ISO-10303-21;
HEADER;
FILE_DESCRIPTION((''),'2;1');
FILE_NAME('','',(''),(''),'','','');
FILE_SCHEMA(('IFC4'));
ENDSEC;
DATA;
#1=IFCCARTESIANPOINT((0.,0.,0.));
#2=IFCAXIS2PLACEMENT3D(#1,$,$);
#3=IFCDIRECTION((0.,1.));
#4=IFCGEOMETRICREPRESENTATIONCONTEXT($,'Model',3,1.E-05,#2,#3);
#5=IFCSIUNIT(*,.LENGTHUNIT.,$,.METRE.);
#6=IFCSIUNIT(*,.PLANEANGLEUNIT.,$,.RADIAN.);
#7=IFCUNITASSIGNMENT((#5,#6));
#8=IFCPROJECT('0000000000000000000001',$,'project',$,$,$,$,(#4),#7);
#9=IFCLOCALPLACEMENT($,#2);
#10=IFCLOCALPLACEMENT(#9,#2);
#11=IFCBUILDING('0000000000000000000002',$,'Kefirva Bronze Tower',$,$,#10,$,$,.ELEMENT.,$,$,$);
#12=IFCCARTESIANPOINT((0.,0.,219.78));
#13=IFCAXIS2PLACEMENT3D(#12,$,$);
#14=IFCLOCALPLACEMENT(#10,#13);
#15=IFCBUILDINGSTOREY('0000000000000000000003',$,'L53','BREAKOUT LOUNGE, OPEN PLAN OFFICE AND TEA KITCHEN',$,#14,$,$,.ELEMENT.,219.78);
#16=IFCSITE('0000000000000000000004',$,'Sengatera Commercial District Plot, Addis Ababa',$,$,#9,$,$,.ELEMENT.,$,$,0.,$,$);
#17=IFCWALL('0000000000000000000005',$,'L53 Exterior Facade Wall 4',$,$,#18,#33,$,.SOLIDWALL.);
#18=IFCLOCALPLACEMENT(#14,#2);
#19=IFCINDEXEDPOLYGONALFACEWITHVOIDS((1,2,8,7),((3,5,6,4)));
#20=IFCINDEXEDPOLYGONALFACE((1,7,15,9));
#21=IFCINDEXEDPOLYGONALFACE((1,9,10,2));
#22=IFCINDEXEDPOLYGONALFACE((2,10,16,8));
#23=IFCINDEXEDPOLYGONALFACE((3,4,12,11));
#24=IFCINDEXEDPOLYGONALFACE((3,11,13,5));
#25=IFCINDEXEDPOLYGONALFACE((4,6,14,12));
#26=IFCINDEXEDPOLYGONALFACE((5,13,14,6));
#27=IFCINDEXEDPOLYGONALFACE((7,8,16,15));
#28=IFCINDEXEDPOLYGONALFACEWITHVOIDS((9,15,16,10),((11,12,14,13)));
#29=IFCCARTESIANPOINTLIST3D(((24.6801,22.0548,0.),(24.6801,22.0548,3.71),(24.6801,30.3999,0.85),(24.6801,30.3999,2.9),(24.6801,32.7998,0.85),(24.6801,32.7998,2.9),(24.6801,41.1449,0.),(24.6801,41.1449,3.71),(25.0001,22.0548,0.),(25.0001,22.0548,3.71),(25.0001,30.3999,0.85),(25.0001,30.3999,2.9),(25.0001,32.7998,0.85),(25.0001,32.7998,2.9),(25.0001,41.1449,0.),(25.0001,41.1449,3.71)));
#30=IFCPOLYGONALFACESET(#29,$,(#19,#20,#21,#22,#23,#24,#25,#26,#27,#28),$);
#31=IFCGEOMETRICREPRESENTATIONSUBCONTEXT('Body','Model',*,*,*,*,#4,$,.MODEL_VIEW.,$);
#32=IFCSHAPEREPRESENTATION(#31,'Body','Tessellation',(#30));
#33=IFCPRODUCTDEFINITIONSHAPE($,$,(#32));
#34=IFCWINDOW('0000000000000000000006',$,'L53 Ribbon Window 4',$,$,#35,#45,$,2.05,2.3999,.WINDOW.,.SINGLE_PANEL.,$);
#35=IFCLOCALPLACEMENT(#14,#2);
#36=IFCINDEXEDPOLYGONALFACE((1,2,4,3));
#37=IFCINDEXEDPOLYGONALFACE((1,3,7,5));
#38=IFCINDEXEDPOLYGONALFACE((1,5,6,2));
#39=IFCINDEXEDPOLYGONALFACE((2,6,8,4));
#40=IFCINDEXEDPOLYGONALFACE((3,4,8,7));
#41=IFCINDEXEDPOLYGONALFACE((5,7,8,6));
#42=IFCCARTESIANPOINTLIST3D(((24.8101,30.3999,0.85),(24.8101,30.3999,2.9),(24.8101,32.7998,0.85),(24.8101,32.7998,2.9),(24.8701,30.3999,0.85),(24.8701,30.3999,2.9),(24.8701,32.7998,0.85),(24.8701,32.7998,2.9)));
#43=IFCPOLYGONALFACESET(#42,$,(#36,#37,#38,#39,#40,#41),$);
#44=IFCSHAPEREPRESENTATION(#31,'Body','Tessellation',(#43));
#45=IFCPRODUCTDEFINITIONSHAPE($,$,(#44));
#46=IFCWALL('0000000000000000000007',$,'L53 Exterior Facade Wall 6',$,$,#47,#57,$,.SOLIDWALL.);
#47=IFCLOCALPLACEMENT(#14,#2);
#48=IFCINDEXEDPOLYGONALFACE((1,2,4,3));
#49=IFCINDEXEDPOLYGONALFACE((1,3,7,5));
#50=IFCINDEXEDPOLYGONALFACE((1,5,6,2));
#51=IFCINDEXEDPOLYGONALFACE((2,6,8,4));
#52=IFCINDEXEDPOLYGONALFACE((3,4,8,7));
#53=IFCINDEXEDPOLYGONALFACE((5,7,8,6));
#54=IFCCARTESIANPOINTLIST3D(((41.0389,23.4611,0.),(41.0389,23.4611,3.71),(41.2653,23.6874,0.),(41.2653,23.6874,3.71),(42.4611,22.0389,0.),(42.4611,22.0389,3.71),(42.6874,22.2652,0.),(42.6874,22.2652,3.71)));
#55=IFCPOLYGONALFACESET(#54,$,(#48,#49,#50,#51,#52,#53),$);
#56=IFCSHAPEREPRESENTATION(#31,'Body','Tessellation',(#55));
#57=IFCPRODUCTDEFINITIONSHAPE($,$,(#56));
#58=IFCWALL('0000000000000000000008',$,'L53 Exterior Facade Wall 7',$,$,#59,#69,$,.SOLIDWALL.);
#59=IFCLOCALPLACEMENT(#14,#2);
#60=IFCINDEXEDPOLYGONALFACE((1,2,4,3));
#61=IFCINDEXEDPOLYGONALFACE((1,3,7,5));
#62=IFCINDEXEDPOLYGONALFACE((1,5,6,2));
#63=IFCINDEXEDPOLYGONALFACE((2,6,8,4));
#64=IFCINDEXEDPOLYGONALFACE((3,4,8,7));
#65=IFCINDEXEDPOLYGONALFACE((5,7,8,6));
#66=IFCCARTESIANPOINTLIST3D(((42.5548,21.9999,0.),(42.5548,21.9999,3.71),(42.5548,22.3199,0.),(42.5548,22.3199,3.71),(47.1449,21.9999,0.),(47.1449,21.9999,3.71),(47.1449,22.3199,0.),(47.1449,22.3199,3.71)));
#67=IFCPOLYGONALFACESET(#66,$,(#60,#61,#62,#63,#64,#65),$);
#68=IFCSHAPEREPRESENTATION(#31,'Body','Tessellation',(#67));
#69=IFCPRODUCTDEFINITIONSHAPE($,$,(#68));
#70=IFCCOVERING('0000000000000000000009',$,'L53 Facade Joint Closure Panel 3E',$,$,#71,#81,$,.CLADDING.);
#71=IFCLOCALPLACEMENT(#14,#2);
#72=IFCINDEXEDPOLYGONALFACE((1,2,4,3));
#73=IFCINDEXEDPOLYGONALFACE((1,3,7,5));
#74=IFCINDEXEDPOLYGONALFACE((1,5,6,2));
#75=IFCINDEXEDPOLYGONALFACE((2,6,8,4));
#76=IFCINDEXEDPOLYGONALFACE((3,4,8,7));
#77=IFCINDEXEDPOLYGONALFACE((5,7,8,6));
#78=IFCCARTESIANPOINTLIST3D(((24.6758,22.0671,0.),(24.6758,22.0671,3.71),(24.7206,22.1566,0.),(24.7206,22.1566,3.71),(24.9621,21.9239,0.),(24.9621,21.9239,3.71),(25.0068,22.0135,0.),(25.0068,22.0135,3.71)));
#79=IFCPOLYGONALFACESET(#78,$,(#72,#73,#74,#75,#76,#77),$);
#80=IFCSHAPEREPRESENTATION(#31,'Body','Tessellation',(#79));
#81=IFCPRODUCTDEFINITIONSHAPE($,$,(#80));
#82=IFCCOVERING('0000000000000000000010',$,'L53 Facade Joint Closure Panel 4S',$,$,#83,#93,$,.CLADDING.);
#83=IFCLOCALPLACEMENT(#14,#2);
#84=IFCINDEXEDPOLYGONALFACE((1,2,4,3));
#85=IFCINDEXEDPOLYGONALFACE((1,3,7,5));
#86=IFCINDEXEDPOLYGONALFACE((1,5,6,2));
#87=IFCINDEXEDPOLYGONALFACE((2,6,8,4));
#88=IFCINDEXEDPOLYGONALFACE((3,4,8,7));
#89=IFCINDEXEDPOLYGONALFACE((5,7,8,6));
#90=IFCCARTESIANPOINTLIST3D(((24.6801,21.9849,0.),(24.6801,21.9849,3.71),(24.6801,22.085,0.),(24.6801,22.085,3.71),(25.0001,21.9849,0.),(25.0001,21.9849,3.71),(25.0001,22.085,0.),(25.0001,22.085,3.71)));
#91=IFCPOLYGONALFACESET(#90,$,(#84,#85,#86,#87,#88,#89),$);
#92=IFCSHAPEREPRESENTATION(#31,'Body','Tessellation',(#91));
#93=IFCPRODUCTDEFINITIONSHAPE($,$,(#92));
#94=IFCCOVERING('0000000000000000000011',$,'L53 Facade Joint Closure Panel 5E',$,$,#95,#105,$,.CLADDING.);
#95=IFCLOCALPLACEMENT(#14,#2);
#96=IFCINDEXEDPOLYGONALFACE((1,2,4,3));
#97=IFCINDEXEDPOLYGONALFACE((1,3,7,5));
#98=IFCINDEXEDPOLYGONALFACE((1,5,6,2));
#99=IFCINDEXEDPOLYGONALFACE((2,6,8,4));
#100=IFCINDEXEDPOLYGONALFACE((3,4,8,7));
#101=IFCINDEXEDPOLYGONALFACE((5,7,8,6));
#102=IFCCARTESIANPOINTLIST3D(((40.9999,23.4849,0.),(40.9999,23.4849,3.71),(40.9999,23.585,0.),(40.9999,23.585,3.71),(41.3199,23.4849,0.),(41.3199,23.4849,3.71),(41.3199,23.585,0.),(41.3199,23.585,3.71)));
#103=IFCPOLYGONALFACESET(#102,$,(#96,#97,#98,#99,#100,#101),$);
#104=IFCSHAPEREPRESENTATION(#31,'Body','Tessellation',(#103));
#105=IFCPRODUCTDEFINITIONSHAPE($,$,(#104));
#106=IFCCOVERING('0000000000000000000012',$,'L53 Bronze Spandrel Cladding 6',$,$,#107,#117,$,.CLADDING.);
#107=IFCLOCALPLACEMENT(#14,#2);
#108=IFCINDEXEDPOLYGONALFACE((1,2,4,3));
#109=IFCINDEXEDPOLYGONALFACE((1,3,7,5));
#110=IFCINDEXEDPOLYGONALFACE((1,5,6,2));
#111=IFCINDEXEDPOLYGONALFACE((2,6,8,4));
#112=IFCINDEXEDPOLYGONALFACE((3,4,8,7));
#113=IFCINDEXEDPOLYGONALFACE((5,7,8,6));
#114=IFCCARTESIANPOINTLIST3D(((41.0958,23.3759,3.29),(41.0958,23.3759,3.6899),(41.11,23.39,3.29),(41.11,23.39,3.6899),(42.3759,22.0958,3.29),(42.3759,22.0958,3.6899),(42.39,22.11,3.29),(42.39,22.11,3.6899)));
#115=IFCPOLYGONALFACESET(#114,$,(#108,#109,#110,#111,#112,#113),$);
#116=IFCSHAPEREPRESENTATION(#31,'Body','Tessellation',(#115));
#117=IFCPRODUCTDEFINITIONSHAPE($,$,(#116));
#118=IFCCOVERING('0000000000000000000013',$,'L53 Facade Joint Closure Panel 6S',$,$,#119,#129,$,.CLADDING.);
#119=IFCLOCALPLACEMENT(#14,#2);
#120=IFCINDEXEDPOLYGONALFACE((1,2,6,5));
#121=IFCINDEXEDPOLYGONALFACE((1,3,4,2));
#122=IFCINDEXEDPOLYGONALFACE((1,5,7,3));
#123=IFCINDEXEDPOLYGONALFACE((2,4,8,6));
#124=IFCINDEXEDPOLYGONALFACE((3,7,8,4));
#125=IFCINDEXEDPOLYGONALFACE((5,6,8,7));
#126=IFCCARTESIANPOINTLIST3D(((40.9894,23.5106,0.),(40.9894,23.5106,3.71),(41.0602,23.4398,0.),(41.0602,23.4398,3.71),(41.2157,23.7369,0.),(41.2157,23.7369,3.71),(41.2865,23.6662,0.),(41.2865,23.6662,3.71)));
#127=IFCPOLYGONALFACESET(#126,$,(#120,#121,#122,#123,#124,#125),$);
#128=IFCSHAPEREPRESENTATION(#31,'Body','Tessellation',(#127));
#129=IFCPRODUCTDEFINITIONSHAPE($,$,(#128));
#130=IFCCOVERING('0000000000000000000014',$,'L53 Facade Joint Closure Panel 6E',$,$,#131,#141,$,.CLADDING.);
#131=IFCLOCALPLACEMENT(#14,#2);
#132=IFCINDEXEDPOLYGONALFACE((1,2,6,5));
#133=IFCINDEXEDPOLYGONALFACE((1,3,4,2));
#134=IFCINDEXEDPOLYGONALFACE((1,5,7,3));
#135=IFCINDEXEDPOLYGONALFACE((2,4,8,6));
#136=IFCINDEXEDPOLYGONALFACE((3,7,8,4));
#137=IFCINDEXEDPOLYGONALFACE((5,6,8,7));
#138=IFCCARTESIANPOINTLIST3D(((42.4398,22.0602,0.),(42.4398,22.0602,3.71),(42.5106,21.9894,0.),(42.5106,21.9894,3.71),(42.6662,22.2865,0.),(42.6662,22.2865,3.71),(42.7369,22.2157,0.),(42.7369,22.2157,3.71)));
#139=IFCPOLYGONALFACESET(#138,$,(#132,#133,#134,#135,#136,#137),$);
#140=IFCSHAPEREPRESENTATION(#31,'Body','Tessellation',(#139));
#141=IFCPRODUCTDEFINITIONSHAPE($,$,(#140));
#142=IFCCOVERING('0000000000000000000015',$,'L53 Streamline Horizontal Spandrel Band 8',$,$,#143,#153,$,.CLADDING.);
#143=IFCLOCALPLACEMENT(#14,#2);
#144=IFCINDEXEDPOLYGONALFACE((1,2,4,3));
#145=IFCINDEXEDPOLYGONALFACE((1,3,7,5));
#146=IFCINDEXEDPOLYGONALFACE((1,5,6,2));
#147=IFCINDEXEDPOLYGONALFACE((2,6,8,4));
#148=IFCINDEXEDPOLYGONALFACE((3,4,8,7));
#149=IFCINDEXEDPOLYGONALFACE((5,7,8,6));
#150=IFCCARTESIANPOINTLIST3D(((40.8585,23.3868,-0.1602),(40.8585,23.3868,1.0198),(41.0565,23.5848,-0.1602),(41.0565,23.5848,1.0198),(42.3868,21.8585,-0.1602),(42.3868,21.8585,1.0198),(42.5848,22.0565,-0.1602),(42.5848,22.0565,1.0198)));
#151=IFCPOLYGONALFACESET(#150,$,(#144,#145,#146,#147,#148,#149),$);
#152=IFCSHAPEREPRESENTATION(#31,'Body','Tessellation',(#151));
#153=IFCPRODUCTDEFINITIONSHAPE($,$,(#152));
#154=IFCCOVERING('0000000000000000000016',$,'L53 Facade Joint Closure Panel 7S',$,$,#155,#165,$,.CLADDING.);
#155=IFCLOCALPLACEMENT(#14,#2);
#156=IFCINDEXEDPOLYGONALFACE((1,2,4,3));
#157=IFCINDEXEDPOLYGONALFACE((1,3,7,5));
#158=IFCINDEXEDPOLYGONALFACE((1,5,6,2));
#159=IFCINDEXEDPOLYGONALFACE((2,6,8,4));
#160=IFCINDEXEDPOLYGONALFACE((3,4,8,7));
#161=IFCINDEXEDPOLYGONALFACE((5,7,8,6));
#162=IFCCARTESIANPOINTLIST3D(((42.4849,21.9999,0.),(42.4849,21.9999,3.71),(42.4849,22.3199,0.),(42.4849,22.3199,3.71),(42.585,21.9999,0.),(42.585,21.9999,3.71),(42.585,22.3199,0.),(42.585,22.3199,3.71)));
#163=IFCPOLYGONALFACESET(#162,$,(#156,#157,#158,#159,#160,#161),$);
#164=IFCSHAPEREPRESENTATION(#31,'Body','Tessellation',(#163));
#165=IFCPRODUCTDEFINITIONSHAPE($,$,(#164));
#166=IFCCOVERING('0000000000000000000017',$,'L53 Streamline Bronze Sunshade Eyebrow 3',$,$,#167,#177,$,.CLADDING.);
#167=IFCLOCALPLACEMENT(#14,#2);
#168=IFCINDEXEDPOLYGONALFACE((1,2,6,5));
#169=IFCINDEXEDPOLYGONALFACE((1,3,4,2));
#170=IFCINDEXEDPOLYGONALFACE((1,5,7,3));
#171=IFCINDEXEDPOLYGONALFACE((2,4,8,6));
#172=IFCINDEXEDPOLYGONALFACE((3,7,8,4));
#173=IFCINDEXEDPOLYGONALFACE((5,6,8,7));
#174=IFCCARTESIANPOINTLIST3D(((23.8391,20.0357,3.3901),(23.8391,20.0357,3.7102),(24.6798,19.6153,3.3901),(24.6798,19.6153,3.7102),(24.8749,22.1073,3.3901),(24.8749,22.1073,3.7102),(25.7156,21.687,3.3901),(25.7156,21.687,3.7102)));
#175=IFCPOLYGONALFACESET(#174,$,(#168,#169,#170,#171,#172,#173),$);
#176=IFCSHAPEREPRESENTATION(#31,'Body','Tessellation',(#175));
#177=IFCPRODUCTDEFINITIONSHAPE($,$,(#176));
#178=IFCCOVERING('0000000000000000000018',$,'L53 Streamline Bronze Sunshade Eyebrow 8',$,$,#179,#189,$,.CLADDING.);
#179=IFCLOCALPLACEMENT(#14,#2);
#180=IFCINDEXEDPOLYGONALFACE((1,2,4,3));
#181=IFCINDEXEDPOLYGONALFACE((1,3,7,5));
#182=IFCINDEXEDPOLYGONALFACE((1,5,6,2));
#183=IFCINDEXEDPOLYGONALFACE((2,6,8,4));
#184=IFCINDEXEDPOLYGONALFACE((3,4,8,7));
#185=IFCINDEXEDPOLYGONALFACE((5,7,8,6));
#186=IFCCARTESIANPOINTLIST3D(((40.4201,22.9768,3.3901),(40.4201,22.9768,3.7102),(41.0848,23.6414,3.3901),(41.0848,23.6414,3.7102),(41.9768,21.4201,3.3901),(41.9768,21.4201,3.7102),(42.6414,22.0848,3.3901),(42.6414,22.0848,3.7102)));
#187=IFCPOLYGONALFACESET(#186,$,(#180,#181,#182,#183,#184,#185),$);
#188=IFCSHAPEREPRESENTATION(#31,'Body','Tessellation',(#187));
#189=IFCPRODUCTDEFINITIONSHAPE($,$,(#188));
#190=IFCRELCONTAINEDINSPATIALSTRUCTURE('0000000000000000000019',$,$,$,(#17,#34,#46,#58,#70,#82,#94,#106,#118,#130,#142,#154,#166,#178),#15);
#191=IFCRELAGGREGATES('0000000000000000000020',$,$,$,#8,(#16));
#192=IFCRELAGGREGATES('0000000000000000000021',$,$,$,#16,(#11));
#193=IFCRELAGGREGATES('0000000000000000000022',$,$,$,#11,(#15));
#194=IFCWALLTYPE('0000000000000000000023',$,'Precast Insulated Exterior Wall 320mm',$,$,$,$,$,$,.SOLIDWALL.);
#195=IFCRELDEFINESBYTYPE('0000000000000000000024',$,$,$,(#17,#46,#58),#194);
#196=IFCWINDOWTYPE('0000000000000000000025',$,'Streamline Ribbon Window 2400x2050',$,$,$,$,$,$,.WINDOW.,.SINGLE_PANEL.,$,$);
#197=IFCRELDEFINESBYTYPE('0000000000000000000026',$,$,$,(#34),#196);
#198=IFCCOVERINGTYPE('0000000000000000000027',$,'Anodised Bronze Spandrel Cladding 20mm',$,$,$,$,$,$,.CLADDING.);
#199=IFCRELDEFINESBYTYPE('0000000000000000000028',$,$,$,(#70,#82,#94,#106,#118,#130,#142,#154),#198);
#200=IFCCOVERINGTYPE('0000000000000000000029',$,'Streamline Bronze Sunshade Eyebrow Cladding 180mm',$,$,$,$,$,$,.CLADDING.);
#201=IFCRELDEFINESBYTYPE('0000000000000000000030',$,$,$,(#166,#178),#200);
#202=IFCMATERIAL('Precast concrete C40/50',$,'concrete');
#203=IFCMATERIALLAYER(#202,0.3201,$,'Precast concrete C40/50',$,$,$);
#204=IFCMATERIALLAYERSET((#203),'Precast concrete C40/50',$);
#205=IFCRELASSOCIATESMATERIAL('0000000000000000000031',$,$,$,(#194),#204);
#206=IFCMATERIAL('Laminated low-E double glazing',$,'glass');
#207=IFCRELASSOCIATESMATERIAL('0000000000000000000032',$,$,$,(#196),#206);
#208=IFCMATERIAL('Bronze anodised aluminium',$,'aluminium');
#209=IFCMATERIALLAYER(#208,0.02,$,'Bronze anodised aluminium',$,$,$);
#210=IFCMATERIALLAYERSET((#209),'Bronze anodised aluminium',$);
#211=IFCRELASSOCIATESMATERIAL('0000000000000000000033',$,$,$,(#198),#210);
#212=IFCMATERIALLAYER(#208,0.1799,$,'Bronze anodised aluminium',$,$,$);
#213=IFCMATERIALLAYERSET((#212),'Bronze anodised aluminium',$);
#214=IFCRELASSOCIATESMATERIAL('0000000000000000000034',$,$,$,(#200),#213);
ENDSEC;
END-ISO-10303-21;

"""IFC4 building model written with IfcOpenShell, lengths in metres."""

from ifc_helpers import new_model, si_unit, direction, frame, frame_2d, origin, origin_2d, place, context, subcontext, project, spatial, rectangle, extrude, material, layer, layer_set, type_object, element, fill, save


model = new_model("IFC4")

# Units and contexts
model_context = context("Model", 3, precision=1e-05, world=origin(), true_north=direction((0.0, 1.0)))
body_context = subcontext(model_context, "Body", "Model", "MODEL_VIEW")
ifc_project = project(units=[si_unit("LENGTHUNIT", "METRE"), si_unit("PLANEANGLEUNIT", "RADIAN")], contexts=[model_context])

# Site, building, storey
site_placement = place(None, origin())
site = spatial("IfcSite", under=ifc_project, at=site_placement, Name="Sengatera Commercial District Plot, Addis Ababa", CompositionType="ELEMENT", RefElevation=0.0)
building_placement = place(site_placement, origin())
building = spatial("IfcBuilding", under=site, at=building_placement, Name="Kefirva Bronze Tower", CompositionType="ELEMENT")
storey_placement = place(building_placement, frame((0.0, 0.0, 219.78)))
storey = spatial("IfcBuildingStorey", under=building, at=storey_placement, Name="L53", Description="BREAKOUT LOUNGE, OPEN PLAN OFFICE AND TEA KITCHEN", CompositionType="ELEMENT", Elevation=219.78)

# Wall, opening, window
ifc_material_1 = material(Name="Precast concrete C40/50", Category="concrete")
ifc_layer_1 = layer(ifc_material_1, 0.3201, Name="Precast concrete C40/50")
ifc_layer_set_1 = layer_set([ifc_layer_1], Name="Precast concrete C40/50")
wall_type = type_object("IfcWallType", Name="Precast Insulated Exterior Wall 320mm", PredefinedType="SOLIDWALL", material=ifc_layer_set_1)
wall_1_placement = place(storey_placement, frame((24.8401, 22.0549, 0.0), z_axis=(0.0, 0.0, 1.0), x_axis=(0.0, 1.0, 0.0)))
wall_1 = element("IfcWall", 1, at=wall_1_placement, inside=storey, type_object=wall_type, Name="L53 Exterior Facade Wall 4", PredefinedType="SOLIDWALL", context=body_context, shape_type="SweptSolid", body=[
    extrude(rectangle(XDim=19.0901, YDim=0.3201, at=frame_2d((9.5449, 0.0))), origin(), (0.0, 0.0, 1.0), 3.71),
])
opening_placement = place(wall_1_placement, frame((8.345, 0.0, 0.8501)))
opening = element("IfcOpeningElement", 2, at=opening_placement, cuts=wall_1, PredefinedType="OPENING", context=body_context, shape_type="SweptSolid", body=[
    extrude(rectangle(XDim=2.3999, YDim=2.05, at=frame_2d((1.2, 1.0249))), frame((0.0, 0.1699, 0.0), z_axis=(0.0, -1.0, 0.0), x_axis=(1.0, 0.0, 0.0)), (0.0, 0.0, 1.0), 0.3401),
])
ifc_material_2 = material(Name="Laminated low-E double glazing", Category="glass")
window_type = type_object("IfcWindowType", Name="Streamline Ribbon Window 2400x2050", PartitioningType="SINGLE_PANEL", PredefinedType="WINDOW", material=ifc_material_2)
window_placement = place(opening_placement, origin())
window = element("IfcWindow", 3, at=window_placement, inside=storey, type_object=window_type, Name="L53 Ribbon Window 4", OverallHeight=2.05, OverallWidth=2.3999, PartitioningType="SINGLE_PANEL", PredefinedType="WINDOW", context=body_context, shape_type="SweptSolid", body=[
    extrude(rectangle(XDim=2.3999, YDim=2.05, at=frame_2d((1.2, 1.0249))), frame((0.0, 0.03, 0.0), z_axis=(0.0, -1.0, 0.0), x_axis=(1.0, 0.0, 0.0)), (0.0, 0.0, 1.0), 0.0601),
])
fill(opening, window)

# Walls
wall_2_placement = place(storey_placement, frame((41.1521, 23.5742, 0.0), z_axis=(0.0, 0.0, 1.0), x_axis=(0.707107, -0.707107, 0.0)))
element("IfcWall", 4, at=wall_2_placement, inside=storey, type_object=wall_type, Name="L53 Exterior Facade Wall 6", PredefinedType="SOLIDWALL", context=body_context, shape_type="SweptSolid", body=[
    extrude(rectangle(XDim=2.0112, YDim=0.3201, at=frame_2d((1.0056, 0.0))), origin(), (0.0, 0.0, 1.0), 3.71),
])
wall_3_placement = place(storey_placement, frame((42.5549, 22.1599, 0.0), z_axis=(0.0, 0.0, 1.0), x_axis=(1.0, 0.0, 0.0)))
element("IfcWall", 5, at=wall_3_placement, inside=storey, type_object=wall_type, Name="L53 Exterior Facade Wall 7", PredefinedType="SOLIDWALL", context=body_context, shape_type="SweptSolid", body=[
    extrude(rectangle(XDim=4.5901, YDim=0.3201, at=frame_2d((2.2949, 0.0))), origin(), (0.0, 0.0, 1.0), 3.71),
])

# Coverings
ifc_material_3 = material(Name="Bronze anodised aluminium", Category="aluminium")
ifc_layer_2 = layer(ifc_material_3, 0.02, Name="Bronze anodised aluminium")
ifc_layer_set_2 = layer_set([ifc_layer_2], Name="Bronze anodised aluminium")
covering_type_1 = type_object("IfcCoveringType", Name="Anodised Bronze Spandrel Cladding 20mm", PredefinedType="CLADDING", material=ifc_layer_set_2)
for number, where, z_axis, x_axis, name in (
    (6, (24.8413, 22.0403, 0.0), (0.0, 0.0, 1.0), (0.447214, 0.894427, 0.0), "L53 Facade Joint Closure Panel 3E"),
    (7, (24.8401, 22.0349, 0.0), (0.0, 0.0, 1.0), (0.0, 1.0, 0.0), "L53 Facade Joint Closure Panel 4S"),
    (8, (41.1599, 23.5349, 0.0), (0.0, 0.0, 1.0), (0.0, -1.0, 0.0), "L53 Facade Joint Closure Panel 5E"),
):
    element("IfcCovering", number, at=place(storey_placement, frame(where, z_axis=z_axis, x_axis=x_axis)), inside=storey, type_object=covering_type_1, Name=name, PredefinedType="CLADDING", context=body_context, shape_type="SweptSolid", body=[
        extrude(rectangle(XDim=0.1001, YDim=0.3201, at=origin_2d()), origin(), (0.0, 0.0, 1.0), 3.71),
    ])
covering_1_placement = place(storey_placement, frame((41.7429, 22.7429, 3.29), z_axis=(0.0, 0.0, 1.0), x_axis=(0.707107, -0.707107, 0.0)))
element("IfcCovering", 9, at=covering_1_placement, inside=storey, type_object=covering_type_1, Name="L53 Bronze Spandrel Cladding 6", PredefinedType="CLADDING", context=body_context, shape_type="SweptSolid", body=[
    extrude(rectangle(XDim=1.8103, YDim=0.02, at=origin_2d()), origin(), (0.0, 0.0, 1.0), 0.3999),
])
for number, where, z_axis, x_axis, name in (
    (10, (41.1379, 23.5884, 0.0), (0.0, 0.0, 1.0), (0.707107, -0.707107, 0.0), "L53 Facade Joint Closure Panel 6S"),
    (11, (42.5884, 22.1379, 0.0), (0.0, 0.0, 1.0), (0.707107, -0.707107, 0.0), "L53 Facade Joint Closure Panel 6E"),
):
    element("IfcCovering", number, at=place(storey_placement, frame(where, z_axis=z_axis, x_axis=x_axis)), inside=storey, type_object=covering_type_1, Name=name, PredefinedType="CLADDING", context=body_context, shape_type="SweptSolid", body=[
        extrude(rectangle(XDim=0.1001, YDim=0.3201, at=origin_2d()), origin(), (0.0, 0.0, 1.0), 3.71),
    ])
covering_2_placement = place(storey_placement, frame((41.7217, 22.7217, -0.1602), z_axis=(0.0, 0.0, 1.0), x_axis=(0.707107, -0.707107, 0.0)))
element("IfcCovering", 12, at=covering_2_placement, inside=storey, type_object=covering_type_1, Name="L53 Streamline Horizontal Spandrel Band 8", PredefinedType="CLADDING", context=body_context, shape_type="SweptSolid", body=[
    extrude(rectangle(XDim=2.1614, YDim=0.28, at=origin_2d()), origin(), (0.0, 0.0, 1.0), 1.1799),
])
covering_3_placement = place(storey_placement, frame((42.5349, 22.1599, 0.0), z_axis=(0.0, 0.0, 1.0), x_axis=(1.0, 0.0, 0.0)))
element("IfcCovering", 13, at=covering_3_placement, inside=storey, type_object=covering_type_1, Name="L53 Facade Joint Closure Panel 7S", PredefinedType="CLADDING", context=body_context, shape_type="SweptSolid", body=[
    extrude(rectangle(XDim=0.1001, YDim=0.3201, at=origin_2d()), origin(), (0.0, 0.0, 1.0), 3.71),
])
ifc_layer_3 = layer(ifc_material_3, 0.1799, Name="Bronze anodised aluminium")
ifc_layer_set_3 = layer_set([ifc_layer_3], Name="Bronze anodised aluminium")
covering_type_2 = type_object("IfcCoveringType", Name="Streamline Bronze Sunshade Eyebrow Cladding 180mm", PredefinedType="CLADDING", material=ifc_layer_set_3)
covering_4_placement = place(storey_placement, frame((24.7773, 20.8613, 3.3901), z_axis=(0.0, 0.0, 1.0), x_axis=(0.447214, 0.894427, 0.0)))
element("IfcCovering", 14, at=covering_4_placement, inside=storey, type_object=covering_type_2, Name="L53 Streamline Bronze Sunshade Eyebrow 3", PredefinedType="CLADDING", context=body_context, shape_type="SweptSolid", body=[
    extrude(rectangle(XDim=2.3162, YDim=0.9399, at=origin_2d()), origin(), (0.0, 0.0, 1.0), 0.3201),
])
covering_5_placement = place(storey_placement, frame((41.5308, 22.5308, 3.3901), z_axis=(0.0, 0.0, 1.0), x_axis=(0.707107, -0.707107, 0.0)))
element("IfcCovering", 15, at=covering_5_placement, inside=storey, type_object=covering_type_2, Name="L53 Streamline Bronze Sunshade Eyebrow 8", PredefinedType="CLADDING", context=body_context, shape_type="SweptSolid", body=[
    extrude(rectangle(XDim=2.2014, YDim=0.9399, at=origin_2d()), origin(), (0.0, 0.0, 1.0), 0.3201),
])

save(model, "model.ifc")
